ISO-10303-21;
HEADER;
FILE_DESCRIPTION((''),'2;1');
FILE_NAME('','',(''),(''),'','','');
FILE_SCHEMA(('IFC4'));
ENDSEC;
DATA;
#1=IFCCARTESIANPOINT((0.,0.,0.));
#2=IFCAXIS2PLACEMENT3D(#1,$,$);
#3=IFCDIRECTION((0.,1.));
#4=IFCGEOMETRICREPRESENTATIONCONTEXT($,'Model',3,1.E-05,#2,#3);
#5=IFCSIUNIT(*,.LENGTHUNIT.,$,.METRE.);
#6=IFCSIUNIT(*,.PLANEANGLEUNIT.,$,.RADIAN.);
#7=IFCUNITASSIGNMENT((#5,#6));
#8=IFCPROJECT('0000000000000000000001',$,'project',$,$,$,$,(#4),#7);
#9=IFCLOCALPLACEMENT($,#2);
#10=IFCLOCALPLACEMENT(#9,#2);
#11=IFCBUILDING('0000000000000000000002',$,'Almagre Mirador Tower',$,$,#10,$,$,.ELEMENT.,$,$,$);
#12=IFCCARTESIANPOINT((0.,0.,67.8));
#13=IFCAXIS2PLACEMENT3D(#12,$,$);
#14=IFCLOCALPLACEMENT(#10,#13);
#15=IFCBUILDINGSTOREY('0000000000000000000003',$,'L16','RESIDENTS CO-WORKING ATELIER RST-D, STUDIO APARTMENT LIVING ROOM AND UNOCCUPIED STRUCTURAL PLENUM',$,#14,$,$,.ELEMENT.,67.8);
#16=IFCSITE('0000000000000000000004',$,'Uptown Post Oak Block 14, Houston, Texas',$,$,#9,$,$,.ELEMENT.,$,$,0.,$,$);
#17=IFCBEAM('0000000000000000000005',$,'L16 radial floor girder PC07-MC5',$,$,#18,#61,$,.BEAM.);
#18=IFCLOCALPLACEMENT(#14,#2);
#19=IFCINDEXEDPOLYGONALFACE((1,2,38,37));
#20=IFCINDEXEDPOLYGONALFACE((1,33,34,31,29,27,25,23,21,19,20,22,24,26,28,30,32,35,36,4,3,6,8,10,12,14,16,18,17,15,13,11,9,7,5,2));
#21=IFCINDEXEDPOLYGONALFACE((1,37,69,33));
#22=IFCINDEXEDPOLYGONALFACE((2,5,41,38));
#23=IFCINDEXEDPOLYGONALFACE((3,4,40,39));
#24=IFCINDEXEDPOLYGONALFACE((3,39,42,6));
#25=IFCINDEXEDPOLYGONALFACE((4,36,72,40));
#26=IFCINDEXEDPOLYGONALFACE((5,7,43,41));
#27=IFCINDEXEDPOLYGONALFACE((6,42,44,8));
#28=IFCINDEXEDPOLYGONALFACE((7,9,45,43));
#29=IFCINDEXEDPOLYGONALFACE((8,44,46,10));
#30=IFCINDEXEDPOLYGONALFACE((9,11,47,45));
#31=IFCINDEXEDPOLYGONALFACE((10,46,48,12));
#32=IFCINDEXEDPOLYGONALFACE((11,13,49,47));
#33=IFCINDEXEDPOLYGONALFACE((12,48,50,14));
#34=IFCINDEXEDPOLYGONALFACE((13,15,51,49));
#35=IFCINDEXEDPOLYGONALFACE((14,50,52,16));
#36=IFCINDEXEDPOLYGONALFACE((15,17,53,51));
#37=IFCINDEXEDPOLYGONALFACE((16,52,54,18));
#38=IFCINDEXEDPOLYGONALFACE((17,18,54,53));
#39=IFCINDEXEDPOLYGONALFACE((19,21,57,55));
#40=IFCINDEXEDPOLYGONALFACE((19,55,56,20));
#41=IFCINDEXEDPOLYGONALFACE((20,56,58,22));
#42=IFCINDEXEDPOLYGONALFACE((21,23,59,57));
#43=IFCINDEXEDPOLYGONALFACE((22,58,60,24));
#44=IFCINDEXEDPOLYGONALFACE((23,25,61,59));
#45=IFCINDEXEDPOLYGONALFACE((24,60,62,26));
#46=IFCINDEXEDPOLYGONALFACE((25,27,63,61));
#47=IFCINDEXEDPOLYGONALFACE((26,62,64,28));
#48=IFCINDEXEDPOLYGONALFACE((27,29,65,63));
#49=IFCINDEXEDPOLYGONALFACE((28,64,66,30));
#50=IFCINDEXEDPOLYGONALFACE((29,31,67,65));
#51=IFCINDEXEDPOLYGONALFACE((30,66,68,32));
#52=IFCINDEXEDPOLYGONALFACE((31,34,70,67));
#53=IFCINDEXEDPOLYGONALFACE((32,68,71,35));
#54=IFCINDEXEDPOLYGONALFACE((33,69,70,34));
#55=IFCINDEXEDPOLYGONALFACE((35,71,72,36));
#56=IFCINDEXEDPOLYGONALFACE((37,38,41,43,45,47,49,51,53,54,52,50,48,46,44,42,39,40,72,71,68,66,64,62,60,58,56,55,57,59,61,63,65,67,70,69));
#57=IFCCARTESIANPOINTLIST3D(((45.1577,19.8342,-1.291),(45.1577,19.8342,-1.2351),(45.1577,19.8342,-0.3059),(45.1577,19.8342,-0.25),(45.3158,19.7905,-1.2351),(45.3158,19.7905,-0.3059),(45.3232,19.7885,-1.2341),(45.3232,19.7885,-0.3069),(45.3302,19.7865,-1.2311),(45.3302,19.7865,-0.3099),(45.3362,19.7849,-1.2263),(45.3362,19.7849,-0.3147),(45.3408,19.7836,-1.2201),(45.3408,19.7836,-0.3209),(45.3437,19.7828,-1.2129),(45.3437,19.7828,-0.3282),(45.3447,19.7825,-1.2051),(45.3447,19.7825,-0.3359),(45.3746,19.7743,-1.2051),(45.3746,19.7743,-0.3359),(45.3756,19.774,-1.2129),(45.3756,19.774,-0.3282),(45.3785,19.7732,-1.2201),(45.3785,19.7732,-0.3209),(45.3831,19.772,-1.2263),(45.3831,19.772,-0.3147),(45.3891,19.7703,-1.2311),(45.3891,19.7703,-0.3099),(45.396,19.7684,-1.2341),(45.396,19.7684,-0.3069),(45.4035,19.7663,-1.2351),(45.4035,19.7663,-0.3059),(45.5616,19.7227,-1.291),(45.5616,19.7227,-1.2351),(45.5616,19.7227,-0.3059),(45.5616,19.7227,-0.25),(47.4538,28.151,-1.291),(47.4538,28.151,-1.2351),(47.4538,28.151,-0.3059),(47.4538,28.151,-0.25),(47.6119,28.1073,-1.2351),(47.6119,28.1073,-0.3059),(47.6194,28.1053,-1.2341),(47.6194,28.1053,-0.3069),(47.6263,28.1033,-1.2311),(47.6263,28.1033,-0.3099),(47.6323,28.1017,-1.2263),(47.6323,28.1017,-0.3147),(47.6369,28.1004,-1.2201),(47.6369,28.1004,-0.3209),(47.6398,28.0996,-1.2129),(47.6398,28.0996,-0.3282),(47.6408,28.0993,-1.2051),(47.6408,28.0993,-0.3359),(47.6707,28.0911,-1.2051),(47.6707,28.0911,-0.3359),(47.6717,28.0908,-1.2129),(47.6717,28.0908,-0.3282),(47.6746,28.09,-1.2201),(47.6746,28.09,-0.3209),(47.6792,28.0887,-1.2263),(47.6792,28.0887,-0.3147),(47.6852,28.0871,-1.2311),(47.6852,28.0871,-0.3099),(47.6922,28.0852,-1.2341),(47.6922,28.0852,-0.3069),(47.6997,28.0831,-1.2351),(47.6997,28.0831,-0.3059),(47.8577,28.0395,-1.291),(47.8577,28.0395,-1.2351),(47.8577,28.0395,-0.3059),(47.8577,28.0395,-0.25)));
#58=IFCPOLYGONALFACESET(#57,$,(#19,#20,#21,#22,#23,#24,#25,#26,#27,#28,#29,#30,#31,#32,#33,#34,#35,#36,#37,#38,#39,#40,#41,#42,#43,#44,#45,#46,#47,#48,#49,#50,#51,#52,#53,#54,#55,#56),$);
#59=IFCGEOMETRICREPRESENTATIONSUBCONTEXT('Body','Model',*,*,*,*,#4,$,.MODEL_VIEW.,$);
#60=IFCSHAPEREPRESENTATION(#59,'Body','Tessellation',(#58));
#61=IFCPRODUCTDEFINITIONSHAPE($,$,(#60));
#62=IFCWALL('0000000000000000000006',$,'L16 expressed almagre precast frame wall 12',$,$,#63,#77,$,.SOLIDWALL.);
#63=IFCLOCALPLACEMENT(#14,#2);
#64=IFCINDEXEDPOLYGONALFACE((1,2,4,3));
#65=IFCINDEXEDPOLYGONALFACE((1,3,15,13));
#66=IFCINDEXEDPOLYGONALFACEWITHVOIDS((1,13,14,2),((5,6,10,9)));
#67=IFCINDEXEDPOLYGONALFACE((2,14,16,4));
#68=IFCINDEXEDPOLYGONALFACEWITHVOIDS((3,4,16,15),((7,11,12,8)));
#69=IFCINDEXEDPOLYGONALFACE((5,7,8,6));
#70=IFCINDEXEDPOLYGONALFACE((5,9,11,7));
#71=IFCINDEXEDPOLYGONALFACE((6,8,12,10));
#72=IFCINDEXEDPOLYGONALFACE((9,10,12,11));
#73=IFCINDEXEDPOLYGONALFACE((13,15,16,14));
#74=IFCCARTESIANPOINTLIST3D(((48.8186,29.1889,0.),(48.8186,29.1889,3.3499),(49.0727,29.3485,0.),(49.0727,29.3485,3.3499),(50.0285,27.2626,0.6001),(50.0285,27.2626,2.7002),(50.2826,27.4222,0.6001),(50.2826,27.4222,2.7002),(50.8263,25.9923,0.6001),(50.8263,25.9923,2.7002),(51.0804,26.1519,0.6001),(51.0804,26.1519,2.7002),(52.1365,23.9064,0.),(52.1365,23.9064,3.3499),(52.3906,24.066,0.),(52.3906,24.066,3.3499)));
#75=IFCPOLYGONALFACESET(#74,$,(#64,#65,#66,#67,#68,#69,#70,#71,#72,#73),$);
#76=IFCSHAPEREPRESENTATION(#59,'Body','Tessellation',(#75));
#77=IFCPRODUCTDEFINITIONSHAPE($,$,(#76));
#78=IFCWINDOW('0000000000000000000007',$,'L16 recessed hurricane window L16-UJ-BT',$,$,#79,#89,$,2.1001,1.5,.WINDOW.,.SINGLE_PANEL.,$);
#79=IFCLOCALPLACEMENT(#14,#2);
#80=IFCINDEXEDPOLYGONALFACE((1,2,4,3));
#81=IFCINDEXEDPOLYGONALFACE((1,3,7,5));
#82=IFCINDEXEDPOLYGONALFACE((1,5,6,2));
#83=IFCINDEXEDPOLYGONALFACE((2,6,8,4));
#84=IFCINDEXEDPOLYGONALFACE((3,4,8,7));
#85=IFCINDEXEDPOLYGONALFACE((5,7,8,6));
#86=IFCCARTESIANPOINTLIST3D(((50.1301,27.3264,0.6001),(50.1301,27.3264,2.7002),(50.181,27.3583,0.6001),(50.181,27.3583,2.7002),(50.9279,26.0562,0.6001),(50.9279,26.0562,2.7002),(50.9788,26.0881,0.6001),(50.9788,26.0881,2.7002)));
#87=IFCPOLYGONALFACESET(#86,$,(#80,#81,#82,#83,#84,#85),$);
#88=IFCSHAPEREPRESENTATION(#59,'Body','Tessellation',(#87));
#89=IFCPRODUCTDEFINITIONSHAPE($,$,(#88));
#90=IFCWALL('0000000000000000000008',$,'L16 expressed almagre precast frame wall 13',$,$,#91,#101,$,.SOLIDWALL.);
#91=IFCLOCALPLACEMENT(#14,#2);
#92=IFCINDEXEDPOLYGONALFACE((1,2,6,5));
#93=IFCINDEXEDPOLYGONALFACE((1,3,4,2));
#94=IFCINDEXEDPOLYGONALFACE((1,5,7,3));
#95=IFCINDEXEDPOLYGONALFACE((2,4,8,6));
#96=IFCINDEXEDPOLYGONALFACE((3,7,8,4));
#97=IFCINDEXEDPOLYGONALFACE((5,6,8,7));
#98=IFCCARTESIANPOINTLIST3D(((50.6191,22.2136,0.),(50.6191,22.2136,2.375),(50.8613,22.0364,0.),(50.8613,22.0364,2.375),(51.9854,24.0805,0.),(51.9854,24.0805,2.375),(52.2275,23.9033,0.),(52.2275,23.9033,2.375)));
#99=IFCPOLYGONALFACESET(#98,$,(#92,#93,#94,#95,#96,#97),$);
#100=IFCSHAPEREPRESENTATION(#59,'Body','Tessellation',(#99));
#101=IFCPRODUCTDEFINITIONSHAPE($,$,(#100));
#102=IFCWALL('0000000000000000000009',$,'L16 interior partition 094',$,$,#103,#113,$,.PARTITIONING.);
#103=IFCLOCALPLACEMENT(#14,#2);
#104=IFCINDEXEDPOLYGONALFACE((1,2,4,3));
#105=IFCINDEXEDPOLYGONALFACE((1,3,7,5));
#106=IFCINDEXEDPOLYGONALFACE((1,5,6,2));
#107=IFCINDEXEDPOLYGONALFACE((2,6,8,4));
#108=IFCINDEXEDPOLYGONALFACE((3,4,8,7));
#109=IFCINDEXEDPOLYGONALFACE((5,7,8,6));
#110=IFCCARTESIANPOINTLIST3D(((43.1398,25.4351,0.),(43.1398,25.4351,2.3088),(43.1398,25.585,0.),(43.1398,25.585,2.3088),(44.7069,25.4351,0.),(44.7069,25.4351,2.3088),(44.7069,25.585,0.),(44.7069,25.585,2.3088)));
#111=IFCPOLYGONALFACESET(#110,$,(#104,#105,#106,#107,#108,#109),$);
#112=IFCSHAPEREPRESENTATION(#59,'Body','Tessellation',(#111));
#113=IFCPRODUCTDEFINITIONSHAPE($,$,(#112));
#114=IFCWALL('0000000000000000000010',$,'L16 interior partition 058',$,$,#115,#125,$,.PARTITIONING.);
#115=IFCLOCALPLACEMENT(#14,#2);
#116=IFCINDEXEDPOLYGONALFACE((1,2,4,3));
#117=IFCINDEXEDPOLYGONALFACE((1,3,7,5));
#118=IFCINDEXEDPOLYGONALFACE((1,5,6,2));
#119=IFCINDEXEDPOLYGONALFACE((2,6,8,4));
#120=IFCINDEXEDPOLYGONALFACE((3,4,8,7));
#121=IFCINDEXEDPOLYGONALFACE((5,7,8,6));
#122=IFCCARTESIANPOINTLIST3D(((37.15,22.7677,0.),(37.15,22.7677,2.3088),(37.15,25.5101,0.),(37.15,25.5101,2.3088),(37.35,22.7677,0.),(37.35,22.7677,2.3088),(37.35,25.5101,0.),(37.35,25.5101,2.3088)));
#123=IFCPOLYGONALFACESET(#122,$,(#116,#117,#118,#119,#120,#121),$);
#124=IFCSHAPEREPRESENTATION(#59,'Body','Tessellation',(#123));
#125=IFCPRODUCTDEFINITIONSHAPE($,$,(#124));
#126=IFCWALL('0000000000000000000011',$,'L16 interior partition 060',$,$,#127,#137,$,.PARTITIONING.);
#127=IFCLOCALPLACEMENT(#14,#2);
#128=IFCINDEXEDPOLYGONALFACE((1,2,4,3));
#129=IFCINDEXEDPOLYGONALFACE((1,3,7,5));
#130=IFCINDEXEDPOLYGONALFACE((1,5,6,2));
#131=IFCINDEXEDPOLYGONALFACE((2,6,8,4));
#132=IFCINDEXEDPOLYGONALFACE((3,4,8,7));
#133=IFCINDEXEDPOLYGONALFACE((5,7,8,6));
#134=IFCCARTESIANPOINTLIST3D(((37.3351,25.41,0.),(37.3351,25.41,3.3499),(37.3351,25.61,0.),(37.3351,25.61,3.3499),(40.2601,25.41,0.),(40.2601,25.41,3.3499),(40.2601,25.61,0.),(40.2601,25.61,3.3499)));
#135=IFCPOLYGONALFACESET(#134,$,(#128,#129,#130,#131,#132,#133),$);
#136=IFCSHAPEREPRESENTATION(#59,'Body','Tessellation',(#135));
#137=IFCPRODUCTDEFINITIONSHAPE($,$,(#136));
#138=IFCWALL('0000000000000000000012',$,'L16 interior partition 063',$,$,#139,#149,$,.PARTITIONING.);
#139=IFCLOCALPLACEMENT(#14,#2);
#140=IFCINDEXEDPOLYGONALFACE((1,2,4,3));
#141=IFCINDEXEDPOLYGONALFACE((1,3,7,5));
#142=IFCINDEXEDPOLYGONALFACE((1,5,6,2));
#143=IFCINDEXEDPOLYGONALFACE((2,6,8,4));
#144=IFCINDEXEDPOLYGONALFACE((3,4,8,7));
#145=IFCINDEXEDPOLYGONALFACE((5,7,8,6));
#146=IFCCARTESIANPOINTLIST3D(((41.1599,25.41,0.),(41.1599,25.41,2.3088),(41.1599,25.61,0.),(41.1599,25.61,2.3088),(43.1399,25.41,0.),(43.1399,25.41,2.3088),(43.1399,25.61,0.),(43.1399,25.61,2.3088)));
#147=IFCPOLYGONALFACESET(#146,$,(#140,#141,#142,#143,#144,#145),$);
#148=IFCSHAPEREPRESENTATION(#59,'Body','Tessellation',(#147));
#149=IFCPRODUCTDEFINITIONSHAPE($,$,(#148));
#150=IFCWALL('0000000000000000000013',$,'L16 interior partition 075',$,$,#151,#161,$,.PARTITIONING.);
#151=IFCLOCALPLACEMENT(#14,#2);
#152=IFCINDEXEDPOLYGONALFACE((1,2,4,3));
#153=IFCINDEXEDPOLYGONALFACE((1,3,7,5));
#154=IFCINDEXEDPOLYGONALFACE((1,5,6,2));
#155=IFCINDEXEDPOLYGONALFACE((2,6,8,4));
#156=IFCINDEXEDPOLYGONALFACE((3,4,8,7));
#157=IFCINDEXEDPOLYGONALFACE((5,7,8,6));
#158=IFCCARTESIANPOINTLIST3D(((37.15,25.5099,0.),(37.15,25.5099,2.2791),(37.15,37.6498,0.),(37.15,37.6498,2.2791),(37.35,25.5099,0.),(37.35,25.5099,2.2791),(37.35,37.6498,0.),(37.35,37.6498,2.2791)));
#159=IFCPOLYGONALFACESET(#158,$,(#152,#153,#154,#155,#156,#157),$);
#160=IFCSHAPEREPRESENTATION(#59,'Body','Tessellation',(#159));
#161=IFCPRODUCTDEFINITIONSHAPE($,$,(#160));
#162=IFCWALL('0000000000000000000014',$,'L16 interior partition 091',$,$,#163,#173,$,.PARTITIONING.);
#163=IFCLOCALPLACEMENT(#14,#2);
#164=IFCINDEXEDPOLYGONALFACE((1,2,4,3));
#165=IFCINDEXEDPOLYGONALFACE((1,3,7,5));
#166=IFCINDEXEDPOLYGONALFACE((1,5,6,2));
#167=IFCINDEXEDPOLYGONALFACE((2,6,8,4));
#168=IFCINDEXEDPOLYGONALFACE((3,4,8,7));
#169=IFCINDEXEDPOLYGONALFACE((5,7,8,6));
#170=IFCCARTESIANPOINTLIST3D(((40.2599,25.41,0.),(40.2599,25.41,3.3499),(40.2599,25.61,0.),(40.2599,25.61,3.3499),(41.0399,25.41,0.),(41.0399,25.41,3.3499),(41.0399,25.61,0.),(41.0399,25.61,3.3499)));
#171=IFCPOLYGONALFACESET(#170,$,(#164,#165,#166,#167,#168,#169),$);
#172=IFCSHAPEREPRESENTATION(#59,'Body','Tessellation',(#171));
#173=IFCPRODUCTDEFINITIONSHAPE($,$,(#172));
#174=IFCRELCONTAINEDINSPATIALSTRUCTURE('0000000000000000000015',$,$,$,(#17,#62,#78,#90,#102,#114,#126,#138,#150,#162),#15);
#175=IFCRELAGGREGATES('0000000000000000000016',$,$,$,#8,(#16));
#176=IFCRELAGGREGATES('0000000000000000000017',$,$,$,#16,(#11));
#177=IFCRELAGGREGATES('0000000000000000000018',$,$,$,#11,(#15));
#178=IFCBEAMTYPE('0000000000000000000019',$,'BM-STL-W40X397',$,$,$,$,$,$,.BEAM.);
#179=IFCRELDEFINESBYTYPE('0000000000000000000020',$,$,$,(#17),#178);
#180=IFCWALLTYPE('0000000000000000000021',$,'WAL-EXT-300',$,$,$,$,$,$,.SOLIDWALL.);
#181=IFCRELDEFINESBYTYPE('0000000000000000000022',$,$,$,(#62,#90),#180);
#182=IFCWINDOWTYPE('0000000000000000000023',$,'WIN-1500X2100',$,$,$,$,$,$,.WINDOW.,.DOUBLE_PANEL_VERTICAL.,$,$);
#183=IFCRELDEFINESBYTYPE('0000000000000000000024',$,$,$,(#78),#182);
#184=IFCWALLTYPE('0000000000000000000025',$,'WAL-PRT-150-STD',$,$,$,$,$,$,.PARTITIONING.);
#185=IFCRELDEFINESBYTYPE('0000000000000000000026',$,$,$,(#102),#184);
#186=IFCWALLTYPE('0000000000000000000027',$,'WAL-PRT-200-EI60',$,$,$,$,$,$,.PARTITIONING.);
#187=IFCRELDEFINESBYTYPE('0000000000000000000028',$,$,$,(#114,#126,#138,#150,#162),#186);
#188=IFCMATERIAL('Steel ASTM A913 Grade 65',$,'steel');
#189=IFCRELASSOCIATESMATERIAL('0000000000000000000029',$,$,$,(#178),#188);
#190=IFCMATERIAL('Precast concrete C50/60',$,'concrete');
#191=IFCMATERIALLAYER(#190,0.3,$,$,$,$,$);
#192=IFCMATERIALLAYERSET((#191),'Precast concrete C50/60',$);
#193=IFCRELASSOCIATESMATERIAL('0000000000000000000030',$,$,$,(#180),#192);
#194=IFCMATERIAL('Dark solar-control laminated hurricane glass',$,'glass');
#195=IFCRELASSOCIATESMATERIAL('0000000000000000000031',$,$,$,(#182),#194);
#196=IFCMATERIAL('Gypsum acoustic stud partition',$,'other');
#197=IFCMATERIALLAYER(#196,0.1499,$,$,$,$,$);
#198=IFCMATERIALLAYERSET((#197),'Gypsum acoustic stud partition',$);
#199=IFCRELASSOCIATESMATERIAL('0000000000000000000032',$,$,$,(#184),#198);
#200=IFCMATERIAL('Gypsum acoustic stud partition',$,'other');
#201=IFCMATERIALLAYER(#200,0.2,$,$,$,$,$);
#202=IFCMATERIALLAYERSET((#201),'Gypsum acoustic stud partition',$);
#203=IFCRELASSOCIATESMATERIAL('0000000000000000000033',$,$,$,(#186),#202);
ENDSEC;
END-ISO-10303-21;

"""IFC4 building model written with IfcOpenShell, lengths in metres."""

from ifc_helpers import new_model, si_unit, direction, frame, frame_2d, origin, origin_2d, place, context, subcontext, project, spatial, rectangle, i_section, extrude, material, layer, layer_set, material_profile, profile_set, type_object, element, fill, save


model = new_model("IFC4")

# Units and contexts
model_context = context("Model", 3, precision=1e-05, world=origin(), true_north=direction((0.0, 1.0)))
body_context = subcontext(model_context, "Body", "Model", "MODEL_VIEW")
ifc_project = project(units=[si_unit("LENGTHUNIT", "METRE"), si_unit("PLANEANGLEUNIT", "RADIAN")], contexts=[model_context])

# Site, building, storey
site_placement = place(None, origin())
site = spatial("IfcSite", under=ifc_project, at=site_placement, Name="Uptown Post Oak Block 14, Houston, Texas", CompositionType="ELEMENT", RefElevation=0.0)
building_placement = place(site_placement, origin())
building = spatial("IfcBuilding", under=site, at=building_placement, Name="Almagre Mirador Tower", CompositionType="ELEMENT")
storey_placement = place(building_placement, frame((0.0, 0.0, 67.8)))
storey = spatial("IfcBuildingStorey", under=building, at=storey_placement, Name="L16", Description="RESIDENTS CO-WORKING ATELIER RST-D, STUDIO APARTMENT LIVING ROOM AND UNOCCUPIED STRUCTURAL PLENUM", CompositionType="ELEMENT", Elevation=67.8)

# Beam
ifc_material_1 = material(Name="Steel ASTM A913 Grade 65", Category="steel")
ifc_material_profile_1 = material_profile(ifc_material_1, i_section(OverallWidth=0.4189, OverallDepth=1.041, WebThickness=0.031, FlangeThickness=0.0559, FilletRadius=0.03, at=origin_2d()), Name="W40X397")
ifc_profile_set_1 = profile_set([ifc_material_profile_1], Name="Steel ASTM A913 Grade 65")
beam_type_1 = type_object("IfcBeamType", Name="BM-STL-W40X397", PredefinedType="BEAM", material=ifc_profile_set_1)
beam_1_placement = place(storey_placement, frame((47.6558, 28.0952, -0.7705), z_axis=(-0.266126, -0.963938, 0.0), x_axis=(0.963938, -0.266126, 0.0)))
element("IfcBeam", 1, at=beam_1_placement, inside=storey, type_object=beam_type_1, Name="L16 radial floor girder PC07-MC5", PredefinedType="BEAM", context=body_context, shape_type="SweptSolid", body=[
    extrude(i_section(OverallWidth=0.4189, OverallDepth=1.041, WebThickness=0.031, FlangeThickness=0.0559, FilletRadius=0.03, at=origin_2d()), origin(), (0.0, 0.0, 1.0), 8.6279),
])

# Wall, opening, window
ifc_material_2 = material(Name="Precast concrete C50/60", Category="concrete")
ifc_layer_1 = layer(ifc_material_2, 0.3)
ifc_layer_set_1 = layer_set([ifc_layer_1], Name="Precast concrete C50/60")
wall_type_1 = type_object("IfcWallType", Name="WAL-EXT-300", PredefinedType="SOLIDWALL", material=ifc_layer_set_1)
wall_1_placement = place(storey_placement, frame((48.9456, 29.2688, 0.0), z_axis=(0.0, 0.0, 1.0), x_axis=(0.53188, -0.84682, 0.0)))
wall_1 = element("IfcWall", 2, at=wall_1_placement, inside=storey, type_object=wall_type_1, Name="L16 expressed almagre precast frame wall 12", PredefinedType="SOLIDWALL", context=body_context, shape_type="SweptSolid", body=[
    extrude(rectangle(XDim=6.238, YDim=0.3, at=frame_2d((3.1191, 0.0))), origin(), (0.0, 0.0, 1.0), 3.3499),
])
opening_placement = place(wall_1_placement, frame((2.2749, 0.0, 0.6001)))
opening = element("IfcOpeningElement", 3, at=opening_placement, cuts=wall_1, PredefinedType="OPENING", context=body_context, shape_type="SweptSolid", body=[
    extrude(rectangle(XDim=1.5, YDim=2.1001, at=frame_2d((0.75, 1.05))), frame((0.0, 0.1599, 0.0), z_axis=(0.0, -1.0, 0.0), x_axis=(1.0, 0.0, 0.0)), (0.0, 0.0, 1.0), 0.32),
])
ifc_material_3 = material(Name="Dark solar-control laminated hurricane glass", Category="glass")
window_type = type_object("IfcWindowType", Name="WIN-1500X2100", PartitioningType="DOUBLE_PANEL_VERTICAL", PredefinedType="WINDOW", material=ifc_material_3)
window_placement = place(opening_placement, origin())
window = element("IfcWindow", 4, at=window_placement, inside=storey, type_object=window_type, Name="L16 recessed hurricane window L16-UJ-BT", OverallHeight=2.1001, OverallWidth=1.5, PartitioningType="SINGLE_PANEL", PredefinedType="WINDOW", context=body_context, shape_type="SweptSolid", body=[
    extrude(rectangle(XDim=1.5, YDim=2.1001, at=frame_2d((0.75, 1.05))), frame((0.0, 0.03, 0.0), z_axis=(0.0, -1.0, 0.0), x_axis=(1.0, 0.0, 0.0)), (0.0, 0.0, 1.0), 0.0601),
])
fill(opening, window)

# Walls
wall_2_placement = place(storey_placement, frame((52.1064, 23.9919, 0.0), z_axis=(0.0, 0.0, 1.0), x_axis=(-0.590554, -0.806998, 0.0)))
element("IfcWall", 5, at=wall_2_placement, inside=storey, type_object=wall_type_1, Name="L16 expressed almagre precast frame wall 13", PredefinedType="SOLIDWALL", context=body_context, shape_type="SweptSolid", body=[
    extrude(rectangle(XDim=2.3135, YDim=0.3, at=frame_2d((1.1567, 0.0))), origin(), (0.0, 0.0, 1.0), 2.375),
])
ifc_material_4 = material(Name="Gypsum acoustic stud partition", Category="other")
ifc_layer_2 = layer(ifc_material_4, 0.1499)
ifc_layer_set_2 = layer_set([ifc_layer_2], Name="Gypsum acoustic stud partition")
wall_type_2 = type_object("IfcWallType", Name="WAL-PRT-150-STD", PredefinedType="PARTITIONING", material=ifc_layer_set_2)
wall_3_placement = place(storey_placement, frame((44.707, 25.51, 0.0), z_axis=(0.0, 0.0, 1.0), x_axis=(-1.0, 0.0, 0.0)))
element("IfcWall", 6, at=wall_3_placement, inside=storey, type_object=wall_type_2, Name="L16 interior partition 094", PredefinedType="PARTITIONING", context=body_context, shape_type="SweptSolid", body=[
    extrude(rectangle(XDim=1.5671, YDim=0.1499, at=frame_2d((0.7837, 0.0))), origin(), (0.0, 0.0, 1.0), 2.3088),
])
ifc_material_5 = material(Name="Gypsum acoustic stud partition", Category="other")
ifc_layer_3 = layer(ifc_material_5, 0.2)
ifc_layer_set_3 = layer_set([ifc_layer_3], Name="Gypsum acoustic stud partition")
wall_type_3 = type_object("IfcWallType", Name="WAL-PRT-200-EI60", PredefinedType="PARTITIONING", material=ifc_layer_set_3)
wall_4_placement = place(storey_placement, frame((37.25, 25.51, 0.0), z_axis=(0.0, 0.0, 1.0), x_axis=(0.0, -1.0, 0.0)))
element("IfcWall", 7, at=wall_4_placement, inside=storey, type_object=wall_type_3, Name="L16 interior partition 058", PredefinedType="PARTITIONING", context=body_context, shape_type="SweptSolid", body=[
    extrude(rectangle(XDim=2.7424, YDim=0.2, at=frame_2d((1.3711, 0.0))), origin(), (0.0, 0.0, 1.0), 2.3088),
])
wall_5_placement = place(storey_placement, frame((40.26, 25.51, 0.0), z_axis=(0.0, 0.0, 1.0), x_axis=(-1.0, 0.0, 0.0)))
element("IfcWall", 8, at=wall_5_placement, inside=storey, type_object=wall_type_3, Name="L16 interior partition 060", PredefinedType="PARTITIONING", context=body_context, shape_type="SweptSolid", body=[
    extrude(rectangle(XDim=2.925, YDim=0.2, at=frame_2d((1.4624, 0.0))), origin(), (0.0, 0.0, 1.0), 3.3499),
])
wall_6_placement = place(storey_placement, frame((43.1399, 25.51, 0.0), z_axis=(0.0, 0.0, 1.0), x_axis=(-1.0, 0.0, 0.0)))
element("IfcWall", 9, at=wall_6_placement, inside=storey, type_object=wall_type_3, Name="L16 interior partition 063", PredefinedType="PARTITIONING", context=body_context, shape_type="SweptSolid", body=[
    extrude(rectangle(XDim=1.98, YDim=0.2, at=frame_2d((0.99, 0.0))), origin(), (0.0, 0.0, 1.0), 2.3088),
])
wall_7_placement = place(storey_placement, frame((37.25, 25.51, 0.0), z_axis=(0.0, 0.0, 1.0), x_axis=(0.0, 1.0, 0.0)))
element("IfcWall", 10, at=wall_7_placement, inside=storey, type_object=wall_type_3, Name="L16 interior partition 075", PredefinedType="PARTITIONING", context=body_context, shape_type="SweptSolid", body=[
    extrude(rectangle(XDim=12.1399, YDim=0.2, at=frame_2d((6.0698, 0.0))), origin(), (0.0, 0.0, 1.0), 2.2791),
])
wall_8_placement = place(storey_placement, frame((41.04, 25.51, 0.0), z_axis=(0.0, 0.0, 1.0), x_axis=(-1.0, 0.0, 0.0)))
element("IfcWall", 11, at=wall_8_placement, inside=storey, type_object=wall_type_3, Name="L16 interior partition 091", PredefinedType="PARTITIONING", context=body_context, shape_type="SweptSolid", body=[
    extrude(rectangle(XDim=0.78, YDim=0.2, at=frame_2d((0.3901, 0.0))), origin(), (0.0, 0.0, 1.0), 3.3499),
])

save(model, "model.ifc")
